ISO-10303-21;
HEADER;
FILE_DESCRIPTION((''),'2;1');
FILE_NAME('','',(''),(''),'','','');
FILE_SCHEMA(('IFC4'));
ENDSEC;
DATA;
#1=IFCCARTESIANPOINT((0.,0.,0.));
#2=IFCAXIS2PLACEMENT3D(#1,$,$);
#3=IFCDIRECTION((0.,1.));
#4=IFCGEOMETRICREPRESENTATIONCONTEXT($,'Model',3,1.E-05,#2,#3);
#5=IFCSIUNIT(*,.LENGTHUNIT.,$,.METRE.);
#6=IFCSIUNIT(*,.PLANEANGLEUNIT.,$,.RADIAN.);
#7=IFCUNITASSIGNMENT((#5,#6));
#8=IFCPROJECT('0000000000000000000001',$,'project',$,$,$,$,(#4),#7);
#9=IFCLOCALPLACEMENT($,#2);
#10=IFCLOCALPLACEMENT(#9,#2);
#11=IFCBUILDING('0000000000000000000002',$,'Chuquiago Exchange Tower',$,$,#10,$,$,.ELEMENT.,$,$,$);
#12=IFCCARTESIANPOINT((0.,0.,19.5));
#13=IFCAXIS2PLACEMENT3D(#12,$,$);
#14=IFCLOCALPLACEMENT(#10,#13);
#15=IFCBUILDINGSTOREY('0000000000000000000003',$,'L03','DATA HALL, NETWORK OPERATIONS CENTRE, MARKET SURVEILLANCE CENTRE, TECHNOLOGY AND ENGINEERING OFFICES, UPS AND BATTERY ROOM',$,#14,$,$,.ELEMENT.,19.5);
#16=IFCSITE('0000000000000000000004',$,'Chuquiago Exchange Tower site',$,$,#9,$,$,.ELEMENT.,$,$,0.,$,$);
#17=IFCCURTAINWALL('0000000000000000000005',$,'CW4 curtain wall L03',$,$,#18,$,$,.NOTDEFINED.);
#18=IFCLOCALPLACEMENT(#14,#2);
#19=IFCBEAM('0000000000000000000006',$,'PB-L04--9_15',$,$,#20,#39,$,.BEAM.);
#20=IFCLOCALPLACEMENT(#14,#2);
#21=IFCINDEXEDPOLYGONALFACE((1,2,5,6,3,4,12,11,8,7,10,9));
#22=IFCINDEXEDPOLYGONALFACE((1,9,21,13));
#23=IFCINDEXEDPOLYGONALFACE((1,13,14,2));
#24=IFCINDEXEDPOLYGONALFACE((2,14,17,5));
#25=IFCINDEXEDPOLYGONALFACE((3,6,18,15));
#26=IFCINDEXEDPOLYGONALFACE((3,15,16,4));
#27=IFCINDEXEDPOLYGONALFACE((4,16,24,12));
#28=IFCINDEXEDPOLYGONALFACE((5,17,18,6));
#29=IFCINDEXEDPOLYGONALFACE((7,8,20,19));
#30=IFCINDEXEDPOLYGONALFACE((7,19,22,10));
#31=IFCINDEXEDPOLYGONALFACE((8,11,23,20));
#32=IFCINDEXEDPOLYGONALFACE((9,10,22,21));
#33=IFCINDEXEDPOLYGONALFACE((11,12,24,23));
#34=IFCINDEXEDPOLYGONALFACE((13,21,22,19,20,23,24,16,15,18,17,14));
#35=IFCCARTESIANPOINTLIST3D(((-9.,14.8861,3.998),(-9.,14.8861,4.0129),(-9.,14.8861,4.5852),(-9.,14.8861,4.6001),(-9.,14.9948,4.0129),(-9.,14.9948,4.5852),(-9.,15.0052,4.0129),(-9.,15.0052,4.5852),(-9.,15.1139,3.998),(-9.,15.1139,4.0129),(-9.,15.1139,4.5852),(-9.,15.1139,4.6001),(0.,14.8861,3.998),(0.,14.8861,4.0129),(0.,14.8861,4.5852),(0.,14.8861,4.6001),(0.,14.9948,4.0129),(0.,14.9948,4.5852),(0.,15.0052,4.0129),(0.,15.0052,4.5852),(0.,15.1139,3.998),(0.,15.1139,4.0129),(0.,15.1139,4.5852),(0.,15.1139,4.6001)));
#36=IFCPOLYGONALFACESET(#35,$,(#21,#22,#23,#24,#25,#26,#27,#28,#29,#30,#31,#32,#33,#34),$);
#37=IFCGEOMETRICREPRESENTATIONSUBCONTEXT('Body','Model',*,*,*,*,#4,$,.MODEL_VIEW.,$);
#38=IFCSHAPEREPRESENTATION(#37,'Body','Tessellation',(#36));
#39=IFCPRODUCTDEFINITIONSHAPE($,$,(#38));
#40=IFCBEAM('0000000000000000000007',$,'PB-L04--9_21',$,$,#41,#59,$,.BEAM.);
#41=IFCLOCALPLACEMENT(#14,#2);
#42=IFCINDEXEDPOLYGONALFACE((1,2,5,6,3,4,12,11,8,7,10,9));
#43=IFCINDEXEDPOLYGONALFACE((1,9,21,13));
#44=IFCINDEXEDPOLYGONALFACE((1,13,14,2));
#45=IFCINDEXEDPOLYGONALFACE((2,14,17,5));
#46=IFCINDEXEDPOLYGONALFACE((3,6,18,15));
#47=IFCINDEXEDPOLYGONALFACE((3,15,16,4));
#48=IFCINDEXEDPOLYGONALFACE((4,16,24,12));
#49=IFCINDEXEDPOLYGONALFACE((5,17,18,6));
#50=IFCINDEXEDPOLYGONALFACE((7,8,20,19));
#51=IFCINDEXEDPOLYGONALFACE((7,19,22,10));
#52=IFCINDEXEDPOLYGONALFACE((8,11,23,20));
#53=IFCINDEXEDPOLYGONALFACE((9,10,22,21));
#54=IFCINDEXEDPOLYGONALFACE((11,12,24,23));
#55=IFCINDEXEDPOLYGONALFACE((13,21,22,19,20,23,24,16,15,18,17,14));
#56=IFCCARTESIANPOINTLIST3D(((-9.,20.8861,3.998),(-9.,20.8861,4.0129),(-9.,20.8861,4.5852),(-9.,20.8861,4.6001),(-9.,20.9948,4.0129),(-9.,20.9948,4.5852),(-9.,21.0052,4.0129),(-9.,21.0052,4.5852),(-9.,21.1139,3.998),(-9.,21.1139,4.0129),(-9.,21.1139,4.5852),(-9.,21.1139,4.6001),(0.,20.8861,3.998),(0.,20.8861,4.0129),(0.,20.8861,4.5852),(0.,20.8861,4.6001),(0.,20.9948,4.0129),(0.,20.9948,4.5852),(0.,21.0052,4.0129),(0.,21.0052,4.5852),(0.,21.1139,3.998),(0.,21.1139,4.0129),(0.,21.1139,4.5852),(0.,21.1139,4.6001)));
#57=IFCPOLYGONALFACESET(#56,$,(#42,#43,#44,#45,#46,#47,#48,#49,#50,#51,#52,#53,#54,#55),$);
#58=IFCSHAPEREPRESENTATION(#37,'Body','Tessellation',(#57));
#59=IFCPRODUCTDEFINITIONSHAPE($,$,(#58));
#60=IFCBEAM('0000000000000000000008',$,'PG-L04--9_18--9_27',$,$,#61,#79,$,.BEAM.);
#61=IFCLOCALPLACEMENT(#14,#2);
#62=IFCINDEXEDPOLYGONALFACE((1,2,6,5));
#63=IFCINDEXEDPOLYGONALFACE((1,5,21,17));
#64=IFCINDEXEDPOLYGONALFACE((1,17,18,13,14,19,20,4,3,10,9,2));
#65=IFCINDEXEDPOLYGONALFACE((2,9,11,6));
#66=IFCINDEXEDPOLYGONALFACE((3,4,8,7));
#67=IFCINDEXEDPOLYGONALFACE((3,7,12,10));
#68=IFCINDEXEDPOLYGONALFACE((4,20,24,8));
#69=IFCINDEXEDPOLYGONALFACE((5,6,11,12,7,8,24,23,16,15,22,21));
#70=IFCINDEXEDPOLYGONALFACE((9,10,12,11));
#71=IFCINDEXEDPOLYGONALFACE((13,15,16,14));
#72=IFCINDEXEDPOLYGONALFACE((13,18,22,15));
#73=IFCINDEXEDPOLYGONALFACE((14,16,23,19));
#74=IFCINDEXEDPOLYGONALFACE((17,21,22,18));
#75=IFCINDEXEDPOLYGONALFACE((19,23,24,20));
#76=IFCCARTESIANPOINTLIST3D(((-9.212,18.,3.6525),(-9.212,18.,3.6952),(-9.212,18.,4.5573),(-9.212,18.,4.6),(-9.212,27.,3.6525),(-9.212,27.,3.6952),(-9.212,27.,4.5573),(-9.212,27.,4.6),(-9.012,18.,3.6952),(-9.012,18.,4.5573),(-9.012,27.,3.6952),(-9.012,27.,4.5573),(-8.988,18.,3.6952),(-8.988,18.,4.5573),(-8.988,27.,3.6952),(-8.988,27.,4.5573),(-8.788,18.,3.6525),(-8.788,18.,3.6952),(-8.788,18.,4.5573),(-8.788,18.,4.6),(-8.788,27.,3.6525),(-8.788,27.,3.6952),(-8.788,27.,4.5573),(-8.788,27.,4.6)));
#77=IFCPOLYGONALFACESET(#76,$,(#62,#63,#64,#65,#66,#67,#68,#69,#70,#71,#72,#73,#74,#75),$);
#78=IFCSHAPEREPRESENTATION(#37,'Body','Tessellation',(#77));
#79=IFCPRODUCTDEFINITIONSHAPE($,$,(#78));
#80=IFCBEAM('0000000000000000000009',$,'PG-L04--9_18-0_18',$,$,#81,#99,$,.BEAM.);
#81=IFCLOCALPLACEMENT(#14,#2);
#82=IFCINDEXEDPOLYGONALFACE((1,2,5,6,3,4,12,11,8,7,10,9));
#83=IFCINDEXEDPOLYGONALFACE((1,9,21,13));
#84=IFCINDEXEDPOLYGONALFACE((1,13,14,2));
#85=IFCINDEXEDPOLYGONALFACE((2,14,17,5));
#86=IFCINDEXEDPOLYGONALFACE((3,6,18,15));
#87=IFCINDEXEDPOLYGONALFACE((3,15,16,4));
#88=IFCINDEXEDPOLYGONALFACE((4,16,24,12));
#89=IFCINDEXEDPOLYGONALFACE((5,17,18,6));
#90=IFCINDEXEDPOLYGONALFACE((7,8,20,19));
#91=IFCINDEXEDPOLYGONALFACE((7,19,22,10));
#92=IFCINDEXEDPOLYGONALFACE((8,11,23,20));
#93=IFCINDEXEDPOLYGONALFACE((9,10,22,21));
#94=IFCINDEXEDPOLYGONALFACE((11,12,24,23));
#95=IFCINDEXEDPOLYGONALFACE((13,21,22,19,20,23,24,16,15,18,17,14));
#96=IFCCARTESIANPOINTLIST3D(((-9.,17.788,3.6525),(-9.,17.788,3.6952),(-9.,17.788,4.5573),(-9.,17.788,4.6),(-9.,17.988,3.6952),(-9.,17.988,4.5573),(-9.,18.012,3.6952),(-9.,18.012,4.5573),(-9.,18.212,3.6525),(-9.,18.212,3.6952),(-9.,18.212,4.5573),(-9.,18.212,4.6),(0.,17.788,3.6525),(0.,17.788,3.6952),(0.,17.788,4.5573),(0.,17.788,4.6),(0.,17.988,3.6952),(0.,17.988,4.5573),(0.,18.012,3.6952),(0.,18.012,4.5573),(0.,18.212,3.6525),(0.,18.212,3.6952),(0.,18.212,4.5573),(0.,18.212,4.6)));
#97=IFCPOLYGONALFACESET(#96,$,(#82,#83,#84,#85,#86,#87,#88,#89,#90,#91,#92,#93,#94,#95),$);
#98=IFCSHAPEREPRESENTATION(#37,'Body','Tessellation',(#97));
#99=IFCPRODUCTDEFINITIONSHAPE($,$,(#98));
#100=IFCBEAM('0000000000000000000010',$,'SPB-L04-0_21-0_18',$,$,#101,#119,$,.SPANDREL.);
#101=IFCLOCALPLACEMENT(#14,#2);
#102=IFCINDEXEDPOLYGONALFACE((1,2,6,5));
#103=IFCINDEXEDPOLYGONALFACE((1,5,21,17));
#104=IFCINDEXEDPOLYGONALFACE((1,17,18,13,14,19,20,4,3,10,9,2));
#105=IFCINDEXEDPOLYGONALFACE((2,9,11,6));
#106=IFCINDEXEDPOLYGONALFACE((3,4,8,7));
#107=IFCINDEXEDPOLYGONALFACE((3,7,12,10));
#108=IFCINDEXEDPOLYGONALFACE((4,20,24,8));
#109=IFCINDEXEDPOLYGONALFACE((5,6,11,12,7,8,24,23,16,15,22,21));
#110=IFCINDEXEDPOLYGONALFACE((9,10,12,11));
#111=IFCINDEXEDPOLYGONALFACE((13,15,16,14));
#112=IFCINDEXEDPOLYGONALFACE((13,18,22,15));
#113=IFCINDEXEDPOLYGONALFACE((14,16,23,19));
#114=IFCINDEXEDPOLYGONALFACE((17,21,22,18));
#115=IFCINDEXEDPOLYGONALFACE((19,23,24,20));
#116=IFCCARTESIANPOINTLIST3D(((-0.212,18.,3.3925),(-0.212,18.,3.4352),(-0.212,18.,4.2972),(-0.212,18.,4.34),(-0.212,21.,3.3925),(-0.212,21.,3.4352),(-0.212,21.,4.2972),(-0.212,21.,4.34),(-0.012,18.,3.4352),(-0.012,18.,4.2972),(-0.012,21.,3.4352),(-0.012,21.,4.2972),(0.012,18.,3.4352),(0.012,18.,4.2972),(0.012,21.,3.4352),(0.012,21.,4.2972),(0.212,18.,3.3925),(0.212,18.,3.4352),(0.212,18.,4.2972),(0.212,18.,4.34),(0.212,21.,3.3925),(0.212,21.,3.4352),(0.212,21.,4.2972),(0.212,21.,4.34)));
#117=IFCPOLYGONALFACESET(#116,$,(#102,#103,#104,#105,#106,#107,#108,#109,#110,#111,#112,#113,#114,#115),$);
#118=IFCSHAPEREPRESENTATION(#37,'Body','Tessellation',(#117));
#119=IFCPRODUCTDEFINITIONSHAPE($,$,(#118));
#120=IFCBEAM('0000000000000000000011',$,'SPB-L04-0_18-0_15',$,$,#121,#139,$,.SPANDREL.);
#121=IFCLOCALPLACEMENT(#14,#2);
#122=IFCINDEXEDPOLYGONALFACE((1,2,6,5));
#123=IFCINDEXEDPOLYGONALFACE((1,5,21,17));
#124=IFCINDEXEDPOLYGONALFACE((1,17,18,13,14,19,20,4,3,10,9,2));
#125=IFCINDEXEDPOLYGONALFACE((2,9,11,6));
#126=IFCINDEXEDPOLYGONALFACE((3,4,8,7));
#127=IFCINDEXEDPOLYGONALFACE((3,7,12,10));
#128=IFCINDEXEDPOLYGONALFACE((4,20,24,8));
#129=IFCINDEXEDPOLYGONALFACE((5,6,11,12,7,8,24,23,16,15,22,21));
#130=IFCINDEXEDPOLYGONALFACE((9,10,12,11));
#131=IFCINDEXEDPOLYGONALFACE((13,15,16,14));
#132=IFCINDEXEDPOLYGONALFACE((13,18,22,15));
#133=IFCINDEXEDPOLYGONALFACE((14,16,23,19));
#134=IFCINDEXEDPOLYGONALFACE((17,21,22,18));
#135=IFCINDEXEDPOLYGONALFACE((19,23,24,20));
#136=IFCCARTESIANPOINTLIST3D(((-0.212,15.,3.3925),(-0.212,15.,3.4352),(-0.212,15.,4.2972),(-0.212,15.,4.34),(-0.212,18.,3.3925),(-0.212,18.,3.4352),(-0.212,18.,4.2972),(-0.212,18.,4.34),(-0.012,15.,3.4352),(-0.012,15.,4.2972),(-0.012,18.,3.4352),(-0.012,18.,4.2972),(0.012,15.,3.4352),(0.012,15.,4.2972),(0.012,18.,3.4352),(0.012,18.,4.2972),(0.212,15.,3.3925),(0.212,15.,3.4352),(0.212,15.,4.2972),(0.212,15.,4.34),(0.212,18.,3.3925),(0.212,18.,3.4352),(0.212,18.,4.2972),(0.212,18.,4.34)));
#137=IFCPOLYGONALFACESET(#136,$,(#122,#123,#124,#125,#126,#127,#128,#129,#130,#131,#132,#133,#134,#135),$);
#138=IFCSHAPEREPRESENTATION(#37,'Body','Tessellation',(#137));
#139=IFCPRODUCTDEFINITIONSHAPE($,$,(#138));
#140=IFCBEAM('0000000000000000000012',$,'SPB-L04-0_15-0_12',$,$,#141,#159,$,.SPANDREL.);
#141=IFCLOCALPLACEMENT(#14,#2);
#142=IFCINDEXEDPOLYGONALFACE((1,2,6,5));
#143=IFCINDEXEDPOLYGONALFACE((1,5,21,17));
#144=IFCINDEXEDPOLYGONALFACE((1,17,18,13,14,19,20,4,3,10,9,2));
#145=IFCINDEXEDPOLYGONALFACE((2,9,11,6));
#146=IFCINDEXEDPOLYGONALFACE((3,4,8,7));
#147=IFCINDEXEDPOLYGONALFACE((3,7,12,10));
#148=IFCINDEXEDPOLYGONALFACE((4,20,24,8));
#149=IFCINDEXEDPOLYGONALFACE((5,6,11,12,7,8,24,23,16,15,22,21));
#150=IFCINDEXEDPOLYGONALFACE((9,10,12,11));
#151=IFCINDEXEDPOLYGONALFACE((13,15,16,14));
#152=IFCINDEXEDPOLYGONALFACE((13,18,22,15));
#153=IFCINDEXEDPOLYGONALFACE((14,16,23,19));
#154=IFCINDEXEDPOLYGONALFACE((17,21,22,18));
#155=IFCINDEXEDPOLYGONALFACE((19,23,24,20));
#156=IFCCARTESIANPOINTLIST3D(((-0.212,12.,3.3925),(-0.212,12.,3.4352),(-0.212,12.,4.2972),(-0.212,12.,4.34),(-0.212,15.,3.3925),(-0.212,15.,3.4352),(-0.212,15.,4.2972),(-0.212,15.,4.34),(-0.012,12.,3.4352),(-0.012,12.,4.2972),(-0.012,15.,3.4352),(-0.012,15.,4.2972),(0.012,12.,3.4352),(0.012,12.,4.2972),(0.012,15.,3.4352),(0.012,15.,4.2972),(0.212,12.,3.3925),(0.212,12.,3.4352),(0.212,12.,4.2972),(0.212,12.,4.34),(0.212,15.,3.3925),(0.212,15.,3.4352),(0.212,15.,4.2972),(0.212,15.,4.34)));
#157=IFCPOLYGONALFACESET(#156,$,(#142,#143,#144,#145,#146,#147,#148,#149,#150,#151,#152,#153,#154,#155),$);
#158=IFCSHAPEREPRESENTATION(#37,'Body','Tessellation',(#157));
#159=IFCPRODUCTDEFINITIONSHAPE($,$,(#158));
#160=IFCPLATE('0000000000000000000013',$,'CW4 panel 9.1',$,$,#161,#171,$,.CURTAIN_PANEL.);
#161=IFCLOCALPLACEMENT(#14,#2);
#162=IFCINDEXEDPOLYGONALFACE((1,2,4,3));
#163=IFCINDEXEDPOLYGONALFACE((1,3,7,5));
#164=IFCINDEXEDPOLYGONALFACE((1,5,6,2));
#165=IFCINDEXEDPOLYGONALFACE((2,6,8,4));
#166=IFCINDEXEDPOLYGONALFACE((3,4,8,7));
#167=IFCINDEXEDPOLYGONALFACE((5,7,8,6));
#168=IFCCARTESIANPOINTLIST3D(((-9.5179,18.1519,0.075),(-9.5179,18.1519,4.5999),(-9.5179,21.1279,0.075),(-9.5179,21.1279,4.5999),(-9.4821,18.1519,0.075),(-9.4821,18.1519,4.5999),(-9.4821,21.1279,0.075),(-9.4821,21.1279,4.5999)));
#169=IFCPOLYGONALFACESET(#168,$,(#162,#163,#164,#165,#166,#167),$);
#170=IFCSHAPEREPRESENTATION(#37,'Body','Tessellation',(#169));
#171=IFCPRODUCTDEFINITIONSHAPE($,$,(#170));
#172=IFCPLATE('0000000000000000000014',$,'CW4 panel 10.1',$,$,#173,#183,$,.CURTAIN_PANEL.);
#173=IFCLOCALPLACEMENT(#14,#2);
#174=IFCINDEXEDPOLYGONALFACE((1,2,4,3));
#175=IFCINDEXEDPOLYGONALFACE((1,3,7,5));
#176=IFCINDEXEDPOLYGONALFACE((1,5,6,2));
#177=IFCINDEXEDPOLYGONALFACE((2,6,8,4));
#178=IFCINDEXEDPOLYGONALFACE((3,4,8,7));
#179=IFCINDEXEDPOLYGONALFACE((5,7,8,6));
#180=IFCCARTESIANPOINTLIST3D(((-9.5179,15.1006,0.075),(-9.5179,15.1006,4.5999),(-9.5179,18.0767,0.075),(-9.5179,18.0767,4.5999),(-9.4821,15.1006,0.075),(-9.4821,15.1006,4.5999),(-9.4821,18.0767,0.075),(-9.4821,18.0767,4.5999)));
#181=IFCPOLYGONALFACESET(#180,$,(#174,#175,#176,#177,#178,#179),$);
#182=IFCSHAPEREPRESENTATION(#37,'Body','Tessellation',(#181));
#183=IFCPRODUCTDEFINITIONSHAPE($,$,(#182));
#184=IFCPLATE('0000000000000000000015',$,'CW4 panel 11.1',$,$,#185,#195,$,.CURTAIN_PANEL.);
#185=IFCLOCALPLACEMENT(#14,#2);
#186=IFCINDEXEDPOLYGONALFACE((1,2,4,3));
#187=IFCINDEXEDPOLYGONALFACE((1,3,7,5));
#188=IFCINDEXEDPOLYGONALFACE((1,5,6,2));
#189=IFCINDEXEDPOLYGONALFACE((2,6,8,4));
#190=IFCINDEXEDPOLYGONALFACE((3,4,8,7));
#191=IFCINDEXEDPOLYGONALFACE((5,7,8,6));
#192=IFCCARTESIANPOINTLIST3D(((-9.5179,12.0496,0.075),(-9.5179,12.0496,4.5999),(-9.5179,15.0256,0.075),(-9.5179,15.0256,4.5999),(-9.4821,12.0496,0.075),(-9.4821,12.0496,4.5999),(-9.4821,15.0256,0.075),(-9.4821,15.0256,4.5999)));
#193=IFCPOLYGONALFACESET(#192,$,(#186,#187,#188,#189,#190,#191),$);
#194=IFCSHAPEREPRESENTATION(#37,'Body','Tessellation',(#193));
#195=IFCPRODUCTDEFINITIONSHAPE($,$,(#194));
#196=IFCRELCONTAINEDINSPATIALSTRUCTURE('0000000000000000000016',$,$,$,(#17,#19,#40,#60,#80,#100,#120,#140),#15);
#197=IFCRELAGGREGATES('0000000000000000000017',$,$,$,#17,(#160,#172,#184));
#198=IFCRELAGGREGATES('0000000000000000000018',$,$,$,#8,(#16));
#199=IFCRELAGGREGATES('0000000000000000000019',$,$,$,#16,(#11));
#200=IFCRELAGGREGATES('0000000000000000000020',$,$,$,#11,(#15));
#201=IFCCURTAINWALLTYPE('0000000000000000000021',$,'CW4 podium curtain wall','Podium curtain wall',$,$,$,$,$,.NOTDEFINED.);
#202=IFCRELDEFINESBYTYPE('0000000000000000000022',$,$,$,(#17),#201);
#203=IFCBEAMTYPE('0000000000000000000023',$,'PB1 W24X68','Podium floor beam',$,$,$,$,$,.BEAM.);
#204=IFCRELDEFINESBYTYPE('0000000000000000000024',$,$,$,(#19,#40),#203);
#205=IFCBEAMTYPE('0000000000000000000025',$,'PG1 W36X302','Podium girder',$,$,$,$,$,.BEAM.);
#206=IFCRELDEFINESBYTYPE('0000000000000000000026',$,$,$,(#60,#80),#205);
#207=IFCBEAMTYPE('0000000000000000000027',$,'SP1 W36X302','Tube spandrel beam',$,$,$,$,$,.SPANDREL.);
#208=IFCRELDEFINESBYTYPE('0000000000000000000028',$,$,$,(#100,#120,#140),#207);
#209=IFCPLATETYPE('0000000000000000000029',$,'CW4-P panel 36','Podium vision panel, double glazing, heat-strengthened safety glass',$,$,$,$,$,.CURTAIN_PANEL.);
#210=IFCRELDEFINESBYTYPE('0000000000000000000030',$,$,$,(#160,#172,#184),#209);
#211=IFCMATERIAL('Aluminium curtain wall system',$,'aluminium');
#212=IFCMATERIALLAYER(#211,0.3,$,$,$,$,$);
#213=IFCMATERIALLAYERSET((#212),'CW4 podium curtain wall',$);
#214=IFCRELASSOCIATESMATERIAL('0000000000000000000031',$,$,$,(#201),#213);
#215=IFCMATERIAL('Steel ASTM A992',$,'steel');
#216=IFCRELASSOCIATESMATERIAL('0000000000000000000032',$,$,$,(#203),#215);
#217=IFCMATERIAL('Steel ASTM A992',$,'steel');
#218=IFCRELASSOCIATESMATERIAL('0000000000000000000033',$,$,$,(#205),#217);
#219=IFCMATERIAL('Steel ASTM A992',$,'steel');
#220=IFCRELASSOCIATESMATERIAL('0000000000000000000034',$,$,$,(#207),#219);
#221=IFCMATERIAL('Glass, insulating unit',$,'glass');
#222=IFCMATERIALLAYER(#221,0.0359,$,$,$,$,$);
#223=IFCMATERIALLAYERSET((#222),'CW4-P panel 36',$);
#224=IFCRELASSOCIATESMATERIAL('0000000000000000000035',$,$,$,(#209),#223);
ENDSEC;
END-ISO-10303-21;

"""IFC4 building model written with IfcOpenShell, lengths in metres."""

from ifc_helpers import new_model, si_unit, direction, frame, origin, origin_2d, place, context, subcontext, project, spatial, rectangle, i_section, extrude, material, layer, layer_set, material_profile, profile_set, type_object, element, aggregate, save


model = new_model("IFC4")

# Units and contexts
model_context = context("Model", 3, precision=1e-05, world=origin(), true_north=direction((0.0, 1.0)))
body_context = subcontext(model_context, "Body", "Model", "MODEL_VIEW")
ifc_project = project(units=[si_unit("LENGTHUNIT", "METRE"), si_unit("PLANEANGLEUNIT", "RADIAN")], contexts=[model_context])

# Site, building, storey
site_placement = place(None, origin())
site = spatial("IfcSite", under=ifc_project, at=site_placement, Name="Chuquiago Exchange Tower site", CompositionType="ELEMENT", RefElevation=0.0)
building_placement = place(site_placement, origin())
building = spatial("IfcBuilding", under=site, at=building_placement, Name="Chuquiago Exchange Tower", CompositionType="ELEMENT")
storey_placement = place(building_placement, frame((0.0, 0.0, 19.5)))
storey = spatial("IfcBuildingStorey", under=building, at=storey_placement, Name="L03", Description="DATA HALL, NETWORK OPERATIONS CENTRE, MARKET SURVEILLANCE CENTRE, TECHNOLOGY AND ENGINEERING OFFICES, UPS AND BATTERY ROOM", CompositionType="ELEMENT", Elevation=19.5)

# Curtain wall
ifc_material_1 = material(Name="Aluminium curtain wall system", Category="aluminium")
ifc_layer_1 = layer(ifc_material_1, 0.3)
ifc_layer_set_1 = layer_set([ifc_layer_1], Name="CW4 podium curtain wall")
curtain_wall_type = type_object("IfcCurtainWallType", Name="CW4 podium curtain wall", Description="Podium curtain wall", PredefinedType="NOTDEFINED", material=ifc_layer_set_1)
curtain_wall_placement = place(storey_placement, origin())
curtain_wall = element("IfcCurtainWall", 1, at=curtain_wall_placement, inside=storey, type_object=curtain_wall_type, Name="CW4 curtain wall L03", PredefinedType="NOTDEFINED")

# Beams
ifc_material_2 = material(Name="Steel ASTM A992", Category="steel")
ifc_material_profile_1 = material_profile(ifc_material_2, i_section(OverallWidth=0.2278, OverallDepth=0.6021, WebThickness=0.0105, FlangeThickness=0.0149, at=origin_2d()), Name="W24X68")
ifc_profile_set_1 = profile_set([ifc_material_profile_1], Name="Steel ASTM A992")
beam_type_1 = type_object("IfcBeamType", Name="PB1 W24X68", Description="Podium floor beam", PredefinedType="BEAM", material=ifc_profile_set_1)
for number, where, z_axis, x_axis, name in (
    (2, (-9.0, 15.0, 4.2991), (1.0, 0.0, 0.0), (0.0, 1.0, 0.0), "PB-L04--9_15"),
    (3, (-9.0, 21.0, 4.2991), (1.0, 0.0, 0.0), (0.0, 1.0, 0.0), "PB-L04--9_21"),
):
    element("IfcBeam", number, at=place(storey_placement, frame(where, z_axis=z_axis, x_axis=x_axis)), inside=storey, type_object=beam_type_1, Name=name, PredefinedType="BEAM", context=body_context, shape_type="SweptSolid", body=[
        extrude(i_section(OverallWidth=0.2278, OverallDepth=0.6021, WebThickness=0.0105, FlangeThickness=0.0149, at=origin_2d()), origin(), (0.0, 0.0, 1.0), 9.0),
    ])
ifc_material_3 = material(Name="Steel ASTM A992", Category="steel")
ifc_material_profile_2 = material_profile(ifc_material_3, i_section(OverallWidth=0.4241, OverallDepth=0.9475, WebThickness=0.0239, FlangeThickness=0.0427, at=origin_2d()), Name="W36X302")
ifc_profile_set_2 = profile_set([ifc_material_profile_2], Name="Steel ASTM A992")
beam_type_2 = type_object("IfcBeamType", Name="PG1 W36X302", Description="Podium girder", PredefinedType="BEAM", material=ifc_profile_set_2)
for number, where, z_axis, x_axis, name in (
    (4, (-9.0, 18.0, 4.1262), (0.0, 1.0, 0.0), (-1.0, 0.0, 0.0), "PG-L04--9_18--9_27"),
    (5, (-9.0, 18.0, 4.1262), (1.0, 0.0, 0.0), (0.0, 1.0, 0.0), "PG-L04--9_18-0_18"),
):
    element("IfcBeam", number, at=place(storey_placement, frame(where, z_axis=z_axis, x_axis=x_axis)), inside=storey, type_object=beam_type_2, Name=name, PredefinedType="BEAM", context=body_context, shape_type="SweptSolid", body=[
        extrude(i_section(OverallWidth=0.4241, OverallDepth=0.9475, WebThickness=0.0239, FlangeThickness=0.0427, at=origin_2d()), origin(), (0.0, 0.0, 1.0), 9.0),
    ])
ifc_material_4 = material(Name="Steel ASTM A992", Category="steel")
ifc_material_profile_3 = material_profile(ifc_material_4, i_section(OverallWidth=0.4241, OverallDepth=0.9475, WebThickness=0.0239, FlangeThickness=0.0427, at=origin_2d()), Name="W36X302")
ifc_profile_set_3 = profile_set([ifc_material_profile_3], Name="Steel ASTM A992")
beam_type_3 = type_object("IfcBeamType", Name="SP1 W36X302", Description="Tube spandrel beam", PredefinedType="SPANDREL", material=ifc_profile_set_3)
for number, where, z_axis, x_axis, name in (
    (6, (0.0, 21.0, 3.8662), (0.0, -1.0, 0.0), (1.0, 0.0, 0.0), "SPB-L04-0_21-0_18"),
    (7, (0.0, 18.0, 3.8662), (0.0, -1.0, 0.0), (1.0, 0.0, 0.0), "SPB-L04-0_18-0_15"),
    (8, (0.0, 15.0, 3.8662), (0.0, -1.0, 0.0), (1.0, 0.0, 0.0), "SPB-L04-0_15-0_12"),
):
    element("IfcBeam", number, at=place(storey_placement, frame(where, z_axis=z_axis, x_axis=x_axis)), inside=storey, type_object=beam_type_3, Name=name, PredefinedType="SPANDREL", context=body_context, shape_type="SweptSolid", body=[
        extrude(i_section(OverallWidth=0.4241, OverallDepth=0.9475, WebThickness=0.0239, FlangeThickness=0.0427, at=origin_2d()), origin(), (0.0, 0.0, 1.0), 3.0),
    ])

# Plates
ifc_material_5 = material(Name="Glass, insulating unit", Category="glass")
ifc_layer_2 = layer(ifc_material_5, 0.0359)
ifc_layer_set_2 = layer_set([ifc_layer_2], Name="CW4-P panel 36")
plate_type = type_object("IfcPlateType", Name="CW4-P panel 36", Description="Podium vision panel, double glazing, heat-strengthened safety glass", PredefinedType="CURTAIN_PANEL", material=ifc_layer_set_2)
plate_1_placement = place(storey_placement, frame((-9.5, 19.6399, 0.075), z_axis=(0.0, 0.0, 1.0), x_axis=(0.0, -1.0, 0.0)))
plate_1 = element("IfcPlate", 9, at=plate_1_placement, type_object=plate_type, Name="CW4 panel 9.1", PredefinedType="CURTAIN_PANEL", context=body_context, shape_type="SweptSolid", body=[
    extrude(rectangle(XDim=2.9761, YDim=0.0359, at=origin_2d()), origin(), (0.0, 0.0, 1.0), 4.5249),
])
plate_2_placement = place(storey_placement, frame((-9.5, 16.5886, 0.075), z_axis=(0.0, 0.0, 1.0), x_axis=(0.0, -1.0, 0.0)))
plate_2 = element("IfcPlate", 10, at=plate_2_placement, type_object=plate_type, Name="CW4 panel 10.1", PredefinedType="CURTAIN_PANEL", context=body_context, shape_type="SweptSolid", body=[
    extrude(rectangle(XDim=2.9761, YDim=0.0359, at=origin_2d()), origin(), (0.0, 0.0, 1.0), 4.5249),
])
plate_3_placement = place(storey_placement, frame((-9.5, 13.5376, 0.075), z_axis=(0.0, 0.0, 1.0), x_axis=(0.0, -1.0, 0.0)))
plate_3 = element("IfcPlate", 11, at=plate_3_placement, type_object=plate_type, Name="CW4 panel 11.1", PredefinedType="CURTAIN_PANEL", context=body_context, shape_type="SweptSolid", body=[
    extrude(rectangle(XDim=2.9761, YDim=0.0359, at=origin_2d()), origin(), (0.0, 0.0, 1.0), 4.5249),
])
aggregate(curtain_wall, [plate_1, plate_2, plate_3])

save(model, "model.ifc")
